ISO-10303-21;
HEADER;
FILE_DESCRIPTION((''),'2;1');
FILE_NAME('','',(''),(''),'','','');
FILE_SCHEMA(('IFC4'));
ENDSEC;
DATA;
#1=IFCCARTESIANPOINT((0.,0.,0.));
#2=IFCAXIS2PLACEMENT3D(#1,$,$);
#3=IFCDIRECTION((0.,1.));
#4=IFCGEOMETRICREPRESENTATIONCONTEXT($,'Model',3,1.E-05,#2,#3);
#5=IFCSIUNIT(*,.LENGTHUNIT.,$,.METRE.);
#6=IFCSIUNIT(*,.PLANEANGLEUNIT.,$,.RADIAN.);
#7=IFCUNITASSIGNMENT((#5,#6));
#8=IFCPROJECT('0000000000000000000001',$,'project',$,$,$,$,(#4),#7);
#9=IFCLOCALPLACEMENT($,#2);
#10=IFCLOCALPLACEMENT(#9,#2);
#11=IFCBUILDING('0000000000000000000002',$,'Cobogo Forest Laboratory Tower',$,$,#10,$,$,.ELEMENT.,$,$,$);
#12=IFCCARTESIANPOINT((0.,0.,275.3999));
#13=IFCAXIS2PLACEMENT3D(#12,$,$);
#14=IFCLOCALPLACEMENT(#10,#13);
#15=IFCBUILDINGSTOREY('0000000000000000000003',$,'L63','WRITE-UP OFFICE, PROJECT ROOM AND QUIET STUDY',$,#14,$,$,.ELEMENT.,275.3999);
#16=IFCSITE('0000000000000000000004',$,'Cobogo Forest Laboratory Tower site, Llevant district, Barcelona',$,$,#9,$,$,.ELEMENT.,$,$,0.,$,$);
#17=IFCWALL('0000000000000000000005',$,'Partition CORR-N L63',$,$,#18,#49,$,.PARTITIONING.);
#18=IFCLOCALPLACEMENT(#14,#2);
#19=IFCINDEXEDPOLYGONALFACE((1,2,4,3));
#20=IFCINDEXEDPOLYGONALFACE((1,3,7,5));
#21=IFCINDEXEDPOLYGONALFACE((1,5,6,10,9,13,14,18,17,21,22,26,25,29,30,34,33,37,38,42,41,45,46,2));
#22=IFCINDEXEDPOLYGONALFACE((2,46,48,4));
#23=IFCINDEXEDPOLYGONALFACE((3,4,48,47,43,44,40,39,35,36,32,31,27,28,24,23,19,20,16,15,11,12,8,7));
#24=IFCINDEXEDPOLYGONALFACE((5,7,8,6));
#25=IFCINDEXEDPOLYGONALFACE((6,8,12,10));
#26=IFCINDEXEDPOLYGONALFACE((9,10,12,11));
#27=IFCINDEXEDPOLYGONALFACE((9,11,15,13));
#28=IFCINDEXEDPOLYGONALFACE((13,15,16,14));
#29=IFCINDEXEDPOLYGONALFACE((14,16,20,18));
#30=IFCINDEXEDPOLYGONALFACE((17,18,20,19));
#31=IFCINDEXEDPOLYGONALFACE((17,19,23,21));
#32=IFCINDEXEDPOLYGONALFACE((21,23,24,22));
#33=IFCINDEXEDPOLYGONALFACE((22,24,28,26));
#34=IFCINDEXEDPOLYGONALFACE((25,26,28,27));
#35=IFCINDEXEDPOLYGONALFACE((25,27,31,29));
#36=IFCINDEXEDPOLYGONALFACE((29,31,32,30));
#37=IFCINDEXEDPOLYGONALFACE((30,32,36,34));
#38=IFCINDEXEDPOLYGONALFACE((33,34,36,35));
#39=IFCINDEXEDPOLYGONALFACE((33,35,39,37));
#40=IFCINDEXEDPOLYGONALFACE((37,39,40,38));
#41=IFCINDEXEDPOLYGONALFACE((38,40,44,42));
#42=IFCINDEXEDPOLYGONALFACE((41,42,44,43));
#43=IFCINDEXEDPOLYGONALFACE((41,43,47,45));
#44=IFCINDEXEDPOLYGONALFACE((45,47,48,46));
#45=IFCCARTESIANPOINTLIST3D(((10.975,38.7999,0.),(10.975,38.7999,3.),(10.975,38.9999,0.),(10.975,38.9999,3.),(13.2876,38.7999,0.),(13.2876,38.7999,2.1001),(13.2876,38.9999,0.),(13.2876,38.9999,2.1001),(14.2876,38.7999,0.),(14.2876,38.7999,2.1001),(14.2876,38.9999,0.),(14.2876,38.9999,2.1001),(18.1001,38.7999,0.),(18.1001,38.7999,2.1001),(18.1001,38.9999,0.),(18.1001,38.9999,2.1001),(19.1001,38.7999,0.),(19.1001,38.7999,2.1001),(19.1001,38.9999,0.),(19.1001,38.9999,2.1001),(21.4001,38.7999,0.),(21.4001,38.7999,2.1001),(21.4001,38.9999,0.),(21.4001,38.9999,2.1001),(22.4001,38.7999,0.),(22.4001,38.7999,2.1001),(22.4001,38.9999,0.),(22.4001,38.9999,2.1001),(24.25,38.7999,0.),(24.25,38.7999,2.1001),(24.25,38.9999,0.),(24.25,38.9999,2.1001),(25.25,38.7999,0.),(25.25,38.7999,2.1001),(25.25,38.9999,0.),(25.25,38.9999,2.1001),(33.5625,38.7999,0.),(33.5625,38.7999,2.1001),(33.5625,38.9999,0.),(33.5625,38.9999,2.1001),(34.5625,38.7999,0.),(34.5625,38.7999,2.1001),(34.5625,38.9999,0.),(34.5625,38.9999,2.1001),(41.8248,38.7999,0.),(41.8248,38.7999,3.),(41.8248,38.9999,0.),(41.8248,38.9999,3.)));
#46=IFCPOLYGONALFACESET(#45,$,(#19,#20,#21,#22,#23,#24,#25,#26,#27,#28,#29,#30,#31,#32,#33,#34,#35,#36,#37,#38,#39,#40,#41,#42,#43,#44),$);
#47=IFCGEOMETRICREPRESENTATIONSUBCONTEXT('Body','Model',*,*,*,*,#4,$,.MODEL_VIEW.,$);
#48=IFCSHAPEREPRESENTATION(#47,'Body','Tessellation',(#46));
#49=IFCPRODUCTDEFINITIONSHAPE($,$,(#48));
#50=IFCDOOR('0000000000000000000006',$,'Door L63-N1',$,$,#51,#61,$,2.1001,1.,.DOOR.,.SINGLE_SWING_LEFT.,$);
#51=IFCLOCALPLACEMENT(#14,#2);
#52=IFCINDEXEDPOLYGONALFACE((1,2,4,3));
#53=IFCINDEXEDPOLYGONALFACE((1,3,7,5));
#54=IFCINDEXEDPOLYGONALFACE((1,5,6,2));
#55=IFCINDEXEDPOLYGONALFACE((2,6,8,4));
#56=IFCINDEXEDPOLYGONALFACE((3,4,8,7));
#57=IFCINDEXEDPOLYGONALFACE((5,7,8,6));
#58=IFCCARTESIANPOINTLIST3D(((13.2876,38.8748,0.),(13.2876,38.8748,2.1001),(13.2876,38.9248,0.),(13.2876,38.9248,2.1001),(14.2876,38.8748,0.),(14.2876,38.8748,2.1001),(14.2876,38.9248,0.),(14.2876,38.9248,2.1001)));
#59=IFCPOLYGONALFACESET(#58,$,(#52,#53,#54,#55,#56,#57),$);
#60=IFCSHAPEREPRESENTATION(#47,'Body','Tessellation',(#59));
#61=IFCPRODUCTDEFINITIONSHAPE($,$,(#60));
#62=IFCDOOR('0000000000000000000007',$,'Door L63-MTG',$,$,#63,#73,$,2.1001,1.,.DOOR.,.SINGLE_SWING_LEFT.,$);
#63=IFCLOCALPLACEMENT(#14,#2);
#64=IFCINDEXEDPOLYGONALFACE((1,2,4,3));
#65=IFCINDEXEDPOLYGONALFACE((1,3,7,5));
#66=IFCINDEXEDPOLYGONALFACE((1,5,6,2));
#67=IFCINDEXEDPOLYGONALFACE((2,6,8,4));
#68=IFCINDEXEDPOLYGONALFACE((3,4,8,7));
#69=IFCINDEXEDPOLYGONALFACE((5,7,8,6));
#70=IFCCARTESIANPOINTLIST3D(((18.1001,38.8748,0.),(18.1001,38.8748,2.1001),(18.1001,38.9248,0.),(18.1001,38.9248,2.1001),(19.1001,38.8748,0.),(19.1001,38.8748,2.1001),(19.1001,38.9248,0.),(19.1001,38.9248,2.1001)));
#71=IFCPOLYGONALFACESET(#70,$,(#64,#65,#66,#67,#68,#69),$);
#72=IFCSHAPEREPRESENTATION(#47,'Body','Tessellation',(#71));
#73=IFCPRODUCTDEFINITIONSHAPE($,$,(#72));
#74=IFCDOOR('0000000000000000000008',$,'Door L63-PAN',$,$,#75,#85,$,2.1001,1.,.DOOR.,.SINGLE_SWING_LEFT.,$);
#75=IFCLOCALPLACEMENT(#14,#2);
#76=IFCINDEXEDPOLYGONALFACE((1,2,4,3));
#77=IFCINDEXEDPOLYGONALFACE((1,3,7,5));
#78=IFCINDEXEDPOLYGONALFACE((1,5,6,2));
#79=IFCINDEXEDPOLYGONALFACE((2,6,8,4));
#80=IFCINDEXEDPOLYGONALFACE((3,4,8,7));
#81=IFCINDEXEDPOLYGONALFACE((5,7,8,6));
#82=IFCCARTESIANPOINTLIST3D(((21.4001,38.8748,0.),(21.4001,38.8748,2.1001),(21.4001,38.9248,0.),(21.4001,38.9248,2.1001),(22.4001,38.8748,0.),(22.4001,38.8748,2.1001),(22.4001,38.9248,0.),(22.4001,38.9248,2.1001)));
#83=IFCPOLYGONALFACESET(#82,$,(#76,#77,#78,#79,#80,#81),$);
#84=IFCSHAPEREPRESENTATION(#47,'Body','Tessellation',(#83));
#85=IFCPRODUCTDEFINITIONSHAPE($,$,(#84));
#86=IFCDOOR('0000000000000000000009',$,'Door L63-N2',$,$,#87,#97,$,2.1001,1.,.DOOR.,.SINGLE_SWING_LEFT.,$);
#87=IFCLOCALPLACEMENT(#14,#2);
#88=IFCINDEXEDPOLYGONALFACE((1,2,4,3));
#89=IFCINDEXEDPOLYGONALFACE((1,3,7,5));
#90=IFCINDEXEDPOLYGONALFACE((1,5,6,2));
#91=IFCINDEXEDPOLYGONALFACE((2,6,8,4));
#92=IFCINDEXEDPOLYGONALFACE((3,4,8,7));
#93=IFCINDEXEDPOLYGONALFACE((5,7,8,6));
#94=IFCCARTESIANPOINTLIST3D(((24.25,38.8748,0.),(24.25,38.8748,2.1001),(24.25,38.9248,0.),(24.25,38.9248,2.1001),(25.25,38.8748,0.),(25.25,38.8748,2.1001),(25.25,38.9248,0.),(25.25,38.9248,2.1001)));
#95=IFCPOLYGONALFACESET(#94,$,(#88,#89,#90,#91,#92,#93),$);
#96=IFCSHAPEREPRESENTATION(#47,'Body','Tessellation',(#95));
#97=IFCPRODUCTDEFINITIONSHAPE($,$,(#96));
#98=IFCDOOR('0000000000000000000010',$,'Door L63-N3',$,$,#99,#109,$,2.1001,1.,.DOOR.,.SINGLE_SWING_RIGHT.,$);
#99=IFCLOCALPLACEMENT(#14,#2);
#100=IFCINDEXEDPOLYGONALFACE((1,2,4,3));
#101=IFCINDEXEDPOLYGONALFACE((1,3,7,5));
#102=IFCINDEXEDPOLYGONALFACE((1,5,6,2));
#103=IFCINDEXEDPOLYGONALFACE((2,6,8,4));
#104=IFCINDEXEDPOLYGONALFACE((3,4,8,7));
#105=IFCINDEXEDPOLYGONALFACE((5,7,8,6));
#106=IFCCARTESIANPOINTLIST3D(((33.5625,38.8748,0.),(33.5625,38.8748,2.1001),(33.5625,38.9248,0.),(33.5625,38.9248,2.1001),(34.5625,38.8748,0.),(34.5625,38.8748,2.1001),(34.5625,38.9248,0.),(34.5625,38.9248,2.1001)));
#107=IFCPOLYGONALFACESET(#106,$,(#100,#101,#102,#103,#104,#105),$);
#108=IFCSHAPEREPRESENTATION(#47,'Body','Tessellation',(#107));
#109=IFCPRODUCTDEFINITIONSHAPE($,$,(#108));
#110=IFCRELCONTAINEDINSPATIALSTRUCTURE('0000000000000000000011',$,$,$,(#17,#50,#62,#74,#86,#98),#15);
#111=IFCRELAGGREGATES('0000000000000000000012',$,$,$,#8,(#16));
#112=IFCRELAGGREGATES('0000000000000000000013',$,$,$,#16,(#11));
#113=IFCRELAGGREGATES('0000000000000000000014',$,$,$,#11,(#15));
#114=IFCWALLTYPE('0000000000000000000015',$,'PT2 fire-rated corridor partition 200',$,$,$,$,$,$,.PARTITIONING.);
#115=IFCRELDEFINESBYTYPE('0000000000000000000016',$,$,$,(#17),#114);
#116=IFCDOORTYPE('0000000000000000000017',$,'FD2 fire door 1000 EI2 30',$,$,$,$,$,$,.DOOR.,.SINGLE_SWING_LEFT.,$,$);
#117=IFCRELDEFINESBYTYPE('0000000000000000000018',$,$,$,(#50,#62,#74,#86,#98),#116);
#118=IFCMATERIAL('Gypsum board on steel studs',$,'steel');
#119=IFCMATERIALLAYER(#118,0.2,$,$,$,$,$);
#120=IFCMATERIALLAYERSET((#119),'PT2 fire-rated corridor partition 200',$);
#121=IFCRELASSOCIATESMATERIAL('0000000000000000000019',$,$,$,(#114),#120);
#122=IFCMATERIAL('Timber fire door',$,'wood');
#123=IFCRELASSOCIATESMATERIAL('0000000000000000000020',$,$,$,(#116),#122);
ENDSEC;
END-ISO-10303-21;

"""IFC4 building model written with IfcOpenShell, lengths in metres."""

from ifc_helpers import new_model, si_unit, direction, frame, frame_2d, origin, place, context, subcontext, project, spatial, rectangle, extrude, material, layer, layer_set, type_object, element, fill, save


model = new_model("IFC4")

# Units and contexts
model_context = context("Model", 3, precision=1e-05, world=origin(), true_north=direction((0.0, 1.0)))
body_context = subcontext(model_context, "Body", "Model", "MODEL_VIEW")
ifc_project = project(units=[si_unit("LENGTHUNIT", "METRE"), si_unit("PLANEANGLEUNIT", "RADIAN")], contexts=[model_context])

# Site, building, storey
site_placement = place(None, origin())
site = spatial("IfcSite", under=ifc_project, at=site_placement, Name="Cobogo Forest Laboratory Tower site, Llevant district, Barcelona", CompositionType="ELEMENT", RefElevation=0.0)
building_placement = place(site_placement, origin())
building = spatial("IfcBuilding", under=site, at=building_placement, Name="Cobogo Forest Laboratory Tower", CompositionType="ELEMENT")
storey_placement = place(building_placement, frame((0.0, 0.0, 275.3999)))
storey = spatial("IfcBuildingStorey", under=building, at=storey_placement, Name="L63", Description="WRITE-UP OFFICE, PROJECT ROOM AND QUIET STUDY", CompositionType="ELEMENT", Elevation=275.3999)

# Shared definitions
ifc_material_1 = material(Name="Gypsum board on steel studs", Category="steel")

# Wall, openings, doors
ifc_layer_1 = layer(ifc_material_1, 0.2)
ifc_layer_set_1 = layer_set([ifc_layer_1], Name="PT2 fire-rated corridor partition 200")
wall_type_1 = type_object("IfcWallType", Name="PT2 fire-rated corridor partition 200", PredefinedType="PARTITIONING", material=ifc_layer_set_1)
wall_1_placement = place(storey_placement, frame((10.9751, 38.8999, 0.0), z_axis=(0.0, 0.0, 1.0), x_axis=(1.0, 0.0, 0.0)))
wall_1 = element("IfcWall", 1, at=wall_1_placement, inside=storey, type_object=wall_type_1, Name="Partition CORR-N L63", PredefinedType="PARTITIONING", context=body_context, shape_type="SweptSolid", body=[
    extrude(rectangle(XDim=30.8499, YDim=0.2, at=frame_2d((15.4248, 0.0))), origin(), (0.0, 0.0, 1.0), 3.0),
])
opening_1_placement = place(wall_1_placement, frame((2.3125, 0.0, 0.0)))
opening_1 = element("IfcOpeningElement", 2, at=opening_1_placement, cuts=wall_1, PredefinedType="OPENING", context=body_context, shape_type="SweptSolid", body=[
    extrude(rectangle(XDim=1.0, YDim=2.1001, at=frame_2d((0.5, 1.05))), frame((0.0, 0.1099, 0.0), z_axis=(0.0, -1.0, 0.0), x_axis=(1.0, 0.0, 0.0)), (0.0, 0.0, 1.0), 0.22),
])
opening_2_placement = place(wall_1_placement, frame((7.125, 0.0, 0.0)))
opening_2 = element("IfcOpeningElement", 3, at=opening_2_placement, cuts=wall_1, PredefinedType="OPENING", context=body_context, shape_type="SweptSolid", body=[
    extrude(rectangle(XDim=1.0, YDim=2.1001, at=frame_2d((0.5, 1.05))), frame((0.0, 0.1099, 0.0), z_axis=(0.0, -1.0, 0.0), x_axis=(1.0, 0.0, 0.0)), (0.0, 0.0, 1.0), 0.22),
])
opening_3_placement = place(wall_1_placement, frame((10.425, 0.0, 0.0)))
opening_3 = element("IfcOpeningElement", 4, at=opening_3_placement, cuts=wall_1, PredefinedType="OPENING", context=body_context, shape_type="SweptSolid", body=[
    extrude(rectangle(XDim=1.0, YDim=2.1001, at=frame_2d((0.5, 1.05))), frame((0.0, 0.1099, 0.0), z_axis=(0.0, -1.0, 0.0), x_axis=(1.0, 0.0, 0.0)), (0.0, 0.0, 1.0), 0.22),
])
opening_4_placement = place(wall_1_placement, frame((13.2749, 0.0, 0.0)))
opening_4 = element("IfcOpeningElement", 5, at=opening_4_placement, cuts=wall_1, PredefinedType="OPENING", context=body_context, shape_type="SweptSolid", body=[
    extrude(rectangle(XDim=1.0, YDim=2.1001, at=frame_2d((0.5, 1.05))), frame((0.0, 0.1099, 0.0), z_axis=(0.0, -1.0, 0.0), x_axis=(1.0, 0.0, 0.0)), (0.0, 0.0, 1.0), 0.22),
])
opening_5_placement = place(wall_1_placement, frame((22.5874, 0.0, 0.0)))
opening_5 = element("IfcOpeningElement", 6, at=opening_5_placement, cuts=wall_1, PredefinedType="OPENING", context=body_context, shape_type="SweptSolid", body=[
    extrude(rectangle(XDim=1.0, YDim=2.1001, at=frame_2d((0.5, 1.05))), frame((0.0, 0.1099, 0.0), z_axis=(0.0, -1.0, 0.0), x_axis=(1.0, 0.0, 0.0)), (0.0, 0.0, 1.0), 0.22),
])
ifc_material_2 = material(Name="Timber fire door", Category="wood")
door_type = type_object("IfcDoorType", Name="FD2 fire door 1000 EI2 30", OperationType="SINGLE_SWING_LEFT", PredefinedType="DOOR", material=ifc_material_2)
door_1_placement = place(opening_1_placement, origin())
door_1 = element("IfcDoor", 7, at=door_1_placement, inside=storey, type_object=door_type, Name="Door L63-N1", OperationType="SINGLE_SWING_LEFT", OverallHeight=2.1001, OverallWidth=1.0, PredefinedType="DOOR", context=body_context, shape_type="SweptSolid", body=[
    extrude(rectangle(XDim=1.0, YDim=2.1001, at=frame_2d((0.5, 1.05))), frame((0.0, 0.0249, 0.0), z_axis=(0.0, -1.0, 0.0), x_axis=(1.0, 0.0, 0.0)), (0.0, 0.0, 1.0), 0.05),
])
fill(opening_1, door_1)
door_2_placement = place(opening_2_placement, origin())
door_2 = element("IfcDoor", 8, at=door_2_placement, inside=storey, type_object=door_type, Name="Door L63-MTG", OperationType="SINGLE_SWING_LEFT", OverallHeight=2.1001, OverallWidth=1.0, PredefinedType="DOOR", context=body_context, shape_type="SweptSolid", body=[
    extrude(rectangle(XDim=1.0, YDim=2.1001, at=frame_2d((0.5, 1.05))), frame((0.0, 0.0249, 0.0), z_axis=(0.0, -1.0, 0.0), x_axis=(1.0, 0.0, 0.0)), (0.0, 0.0, 1.0), 0.05),
])
fill(opening_2, door_2)
door_3_placement = place(opening_3_placement, origin())
door_3 = element("IfcDoor", 9, at=door_3_placement, inside=storey, type_object=door_type, Name="Door L63-PAN", OperationType="SINGLE_SWING_LEFT", OverallHeight=2.1001, OverallWidth=1.0, PredefinedType="DOOR", context=body_context, shape_type="SweptSolid", body=[
    extrude(rectangle(XDim=1.0, YDim=2.1001, at=frame_2d((0.5, 1.05))), frame((0.0, 0.0249, 0.0), z_axis=(0.0, -1.0, 0.0), x_axis=(1.0, 0.0, 0.0)), (0.0, 0.0, 1.0), 0.05),
])
fill(opening_3, door_3)
door_4_placement = place(opening_4_placement, origin())
door_4 = element("IfcDoor", 10, at=door_4_placement, inside=storey, type_object=door_type, Name="Door L63-N2", OperationType="SINGLE_SWING_LEFT", OverallHeight=2.1001, OverallWidth=1.0, PredefinedType="DOOR", context=body_context, shape_type="SweptSolid", body=[
    extrude(rectangle(XDim=1.0, YDim=2.1001, at=frame_2d((0.5, 1.05))), frame((0.0, 0.0249, 0.0), z_axis=(0.0, -1.0, 0.0), x_axis=(1.0, 0.0, 0.0)), (0.0, 0.0, 1.0), 0.05),
])
fill(opening_4, door_4)
door_5_placement = place(opening_5_placement, origin())
door_5 = element("IfcDoor", 11, at=door_5_placement, inside=storey, type_object=door_type, Name="Door L63-N3", OperationType="SINGLE_SWING_RIGHT", OverallHeight=2.1001, OverallWidth=1.0, PredefinedType="DOOR", context=body_context, shape_type="SweptSolid", body=[
    extrude(rectangle(XDim=1.0, YDim=2.1001, at=frame_2d((0.5, 1.05))), frame((0.0, 0.0249, 0.0), z_axis=(0.0, -1.0, 0.0), x_axis=(1.0, 0.0, 0.0)), (0.0, 0.0, 1.0), 0.05),
])
fill(opening_5, door_5)

save(model, "model.ifc")
